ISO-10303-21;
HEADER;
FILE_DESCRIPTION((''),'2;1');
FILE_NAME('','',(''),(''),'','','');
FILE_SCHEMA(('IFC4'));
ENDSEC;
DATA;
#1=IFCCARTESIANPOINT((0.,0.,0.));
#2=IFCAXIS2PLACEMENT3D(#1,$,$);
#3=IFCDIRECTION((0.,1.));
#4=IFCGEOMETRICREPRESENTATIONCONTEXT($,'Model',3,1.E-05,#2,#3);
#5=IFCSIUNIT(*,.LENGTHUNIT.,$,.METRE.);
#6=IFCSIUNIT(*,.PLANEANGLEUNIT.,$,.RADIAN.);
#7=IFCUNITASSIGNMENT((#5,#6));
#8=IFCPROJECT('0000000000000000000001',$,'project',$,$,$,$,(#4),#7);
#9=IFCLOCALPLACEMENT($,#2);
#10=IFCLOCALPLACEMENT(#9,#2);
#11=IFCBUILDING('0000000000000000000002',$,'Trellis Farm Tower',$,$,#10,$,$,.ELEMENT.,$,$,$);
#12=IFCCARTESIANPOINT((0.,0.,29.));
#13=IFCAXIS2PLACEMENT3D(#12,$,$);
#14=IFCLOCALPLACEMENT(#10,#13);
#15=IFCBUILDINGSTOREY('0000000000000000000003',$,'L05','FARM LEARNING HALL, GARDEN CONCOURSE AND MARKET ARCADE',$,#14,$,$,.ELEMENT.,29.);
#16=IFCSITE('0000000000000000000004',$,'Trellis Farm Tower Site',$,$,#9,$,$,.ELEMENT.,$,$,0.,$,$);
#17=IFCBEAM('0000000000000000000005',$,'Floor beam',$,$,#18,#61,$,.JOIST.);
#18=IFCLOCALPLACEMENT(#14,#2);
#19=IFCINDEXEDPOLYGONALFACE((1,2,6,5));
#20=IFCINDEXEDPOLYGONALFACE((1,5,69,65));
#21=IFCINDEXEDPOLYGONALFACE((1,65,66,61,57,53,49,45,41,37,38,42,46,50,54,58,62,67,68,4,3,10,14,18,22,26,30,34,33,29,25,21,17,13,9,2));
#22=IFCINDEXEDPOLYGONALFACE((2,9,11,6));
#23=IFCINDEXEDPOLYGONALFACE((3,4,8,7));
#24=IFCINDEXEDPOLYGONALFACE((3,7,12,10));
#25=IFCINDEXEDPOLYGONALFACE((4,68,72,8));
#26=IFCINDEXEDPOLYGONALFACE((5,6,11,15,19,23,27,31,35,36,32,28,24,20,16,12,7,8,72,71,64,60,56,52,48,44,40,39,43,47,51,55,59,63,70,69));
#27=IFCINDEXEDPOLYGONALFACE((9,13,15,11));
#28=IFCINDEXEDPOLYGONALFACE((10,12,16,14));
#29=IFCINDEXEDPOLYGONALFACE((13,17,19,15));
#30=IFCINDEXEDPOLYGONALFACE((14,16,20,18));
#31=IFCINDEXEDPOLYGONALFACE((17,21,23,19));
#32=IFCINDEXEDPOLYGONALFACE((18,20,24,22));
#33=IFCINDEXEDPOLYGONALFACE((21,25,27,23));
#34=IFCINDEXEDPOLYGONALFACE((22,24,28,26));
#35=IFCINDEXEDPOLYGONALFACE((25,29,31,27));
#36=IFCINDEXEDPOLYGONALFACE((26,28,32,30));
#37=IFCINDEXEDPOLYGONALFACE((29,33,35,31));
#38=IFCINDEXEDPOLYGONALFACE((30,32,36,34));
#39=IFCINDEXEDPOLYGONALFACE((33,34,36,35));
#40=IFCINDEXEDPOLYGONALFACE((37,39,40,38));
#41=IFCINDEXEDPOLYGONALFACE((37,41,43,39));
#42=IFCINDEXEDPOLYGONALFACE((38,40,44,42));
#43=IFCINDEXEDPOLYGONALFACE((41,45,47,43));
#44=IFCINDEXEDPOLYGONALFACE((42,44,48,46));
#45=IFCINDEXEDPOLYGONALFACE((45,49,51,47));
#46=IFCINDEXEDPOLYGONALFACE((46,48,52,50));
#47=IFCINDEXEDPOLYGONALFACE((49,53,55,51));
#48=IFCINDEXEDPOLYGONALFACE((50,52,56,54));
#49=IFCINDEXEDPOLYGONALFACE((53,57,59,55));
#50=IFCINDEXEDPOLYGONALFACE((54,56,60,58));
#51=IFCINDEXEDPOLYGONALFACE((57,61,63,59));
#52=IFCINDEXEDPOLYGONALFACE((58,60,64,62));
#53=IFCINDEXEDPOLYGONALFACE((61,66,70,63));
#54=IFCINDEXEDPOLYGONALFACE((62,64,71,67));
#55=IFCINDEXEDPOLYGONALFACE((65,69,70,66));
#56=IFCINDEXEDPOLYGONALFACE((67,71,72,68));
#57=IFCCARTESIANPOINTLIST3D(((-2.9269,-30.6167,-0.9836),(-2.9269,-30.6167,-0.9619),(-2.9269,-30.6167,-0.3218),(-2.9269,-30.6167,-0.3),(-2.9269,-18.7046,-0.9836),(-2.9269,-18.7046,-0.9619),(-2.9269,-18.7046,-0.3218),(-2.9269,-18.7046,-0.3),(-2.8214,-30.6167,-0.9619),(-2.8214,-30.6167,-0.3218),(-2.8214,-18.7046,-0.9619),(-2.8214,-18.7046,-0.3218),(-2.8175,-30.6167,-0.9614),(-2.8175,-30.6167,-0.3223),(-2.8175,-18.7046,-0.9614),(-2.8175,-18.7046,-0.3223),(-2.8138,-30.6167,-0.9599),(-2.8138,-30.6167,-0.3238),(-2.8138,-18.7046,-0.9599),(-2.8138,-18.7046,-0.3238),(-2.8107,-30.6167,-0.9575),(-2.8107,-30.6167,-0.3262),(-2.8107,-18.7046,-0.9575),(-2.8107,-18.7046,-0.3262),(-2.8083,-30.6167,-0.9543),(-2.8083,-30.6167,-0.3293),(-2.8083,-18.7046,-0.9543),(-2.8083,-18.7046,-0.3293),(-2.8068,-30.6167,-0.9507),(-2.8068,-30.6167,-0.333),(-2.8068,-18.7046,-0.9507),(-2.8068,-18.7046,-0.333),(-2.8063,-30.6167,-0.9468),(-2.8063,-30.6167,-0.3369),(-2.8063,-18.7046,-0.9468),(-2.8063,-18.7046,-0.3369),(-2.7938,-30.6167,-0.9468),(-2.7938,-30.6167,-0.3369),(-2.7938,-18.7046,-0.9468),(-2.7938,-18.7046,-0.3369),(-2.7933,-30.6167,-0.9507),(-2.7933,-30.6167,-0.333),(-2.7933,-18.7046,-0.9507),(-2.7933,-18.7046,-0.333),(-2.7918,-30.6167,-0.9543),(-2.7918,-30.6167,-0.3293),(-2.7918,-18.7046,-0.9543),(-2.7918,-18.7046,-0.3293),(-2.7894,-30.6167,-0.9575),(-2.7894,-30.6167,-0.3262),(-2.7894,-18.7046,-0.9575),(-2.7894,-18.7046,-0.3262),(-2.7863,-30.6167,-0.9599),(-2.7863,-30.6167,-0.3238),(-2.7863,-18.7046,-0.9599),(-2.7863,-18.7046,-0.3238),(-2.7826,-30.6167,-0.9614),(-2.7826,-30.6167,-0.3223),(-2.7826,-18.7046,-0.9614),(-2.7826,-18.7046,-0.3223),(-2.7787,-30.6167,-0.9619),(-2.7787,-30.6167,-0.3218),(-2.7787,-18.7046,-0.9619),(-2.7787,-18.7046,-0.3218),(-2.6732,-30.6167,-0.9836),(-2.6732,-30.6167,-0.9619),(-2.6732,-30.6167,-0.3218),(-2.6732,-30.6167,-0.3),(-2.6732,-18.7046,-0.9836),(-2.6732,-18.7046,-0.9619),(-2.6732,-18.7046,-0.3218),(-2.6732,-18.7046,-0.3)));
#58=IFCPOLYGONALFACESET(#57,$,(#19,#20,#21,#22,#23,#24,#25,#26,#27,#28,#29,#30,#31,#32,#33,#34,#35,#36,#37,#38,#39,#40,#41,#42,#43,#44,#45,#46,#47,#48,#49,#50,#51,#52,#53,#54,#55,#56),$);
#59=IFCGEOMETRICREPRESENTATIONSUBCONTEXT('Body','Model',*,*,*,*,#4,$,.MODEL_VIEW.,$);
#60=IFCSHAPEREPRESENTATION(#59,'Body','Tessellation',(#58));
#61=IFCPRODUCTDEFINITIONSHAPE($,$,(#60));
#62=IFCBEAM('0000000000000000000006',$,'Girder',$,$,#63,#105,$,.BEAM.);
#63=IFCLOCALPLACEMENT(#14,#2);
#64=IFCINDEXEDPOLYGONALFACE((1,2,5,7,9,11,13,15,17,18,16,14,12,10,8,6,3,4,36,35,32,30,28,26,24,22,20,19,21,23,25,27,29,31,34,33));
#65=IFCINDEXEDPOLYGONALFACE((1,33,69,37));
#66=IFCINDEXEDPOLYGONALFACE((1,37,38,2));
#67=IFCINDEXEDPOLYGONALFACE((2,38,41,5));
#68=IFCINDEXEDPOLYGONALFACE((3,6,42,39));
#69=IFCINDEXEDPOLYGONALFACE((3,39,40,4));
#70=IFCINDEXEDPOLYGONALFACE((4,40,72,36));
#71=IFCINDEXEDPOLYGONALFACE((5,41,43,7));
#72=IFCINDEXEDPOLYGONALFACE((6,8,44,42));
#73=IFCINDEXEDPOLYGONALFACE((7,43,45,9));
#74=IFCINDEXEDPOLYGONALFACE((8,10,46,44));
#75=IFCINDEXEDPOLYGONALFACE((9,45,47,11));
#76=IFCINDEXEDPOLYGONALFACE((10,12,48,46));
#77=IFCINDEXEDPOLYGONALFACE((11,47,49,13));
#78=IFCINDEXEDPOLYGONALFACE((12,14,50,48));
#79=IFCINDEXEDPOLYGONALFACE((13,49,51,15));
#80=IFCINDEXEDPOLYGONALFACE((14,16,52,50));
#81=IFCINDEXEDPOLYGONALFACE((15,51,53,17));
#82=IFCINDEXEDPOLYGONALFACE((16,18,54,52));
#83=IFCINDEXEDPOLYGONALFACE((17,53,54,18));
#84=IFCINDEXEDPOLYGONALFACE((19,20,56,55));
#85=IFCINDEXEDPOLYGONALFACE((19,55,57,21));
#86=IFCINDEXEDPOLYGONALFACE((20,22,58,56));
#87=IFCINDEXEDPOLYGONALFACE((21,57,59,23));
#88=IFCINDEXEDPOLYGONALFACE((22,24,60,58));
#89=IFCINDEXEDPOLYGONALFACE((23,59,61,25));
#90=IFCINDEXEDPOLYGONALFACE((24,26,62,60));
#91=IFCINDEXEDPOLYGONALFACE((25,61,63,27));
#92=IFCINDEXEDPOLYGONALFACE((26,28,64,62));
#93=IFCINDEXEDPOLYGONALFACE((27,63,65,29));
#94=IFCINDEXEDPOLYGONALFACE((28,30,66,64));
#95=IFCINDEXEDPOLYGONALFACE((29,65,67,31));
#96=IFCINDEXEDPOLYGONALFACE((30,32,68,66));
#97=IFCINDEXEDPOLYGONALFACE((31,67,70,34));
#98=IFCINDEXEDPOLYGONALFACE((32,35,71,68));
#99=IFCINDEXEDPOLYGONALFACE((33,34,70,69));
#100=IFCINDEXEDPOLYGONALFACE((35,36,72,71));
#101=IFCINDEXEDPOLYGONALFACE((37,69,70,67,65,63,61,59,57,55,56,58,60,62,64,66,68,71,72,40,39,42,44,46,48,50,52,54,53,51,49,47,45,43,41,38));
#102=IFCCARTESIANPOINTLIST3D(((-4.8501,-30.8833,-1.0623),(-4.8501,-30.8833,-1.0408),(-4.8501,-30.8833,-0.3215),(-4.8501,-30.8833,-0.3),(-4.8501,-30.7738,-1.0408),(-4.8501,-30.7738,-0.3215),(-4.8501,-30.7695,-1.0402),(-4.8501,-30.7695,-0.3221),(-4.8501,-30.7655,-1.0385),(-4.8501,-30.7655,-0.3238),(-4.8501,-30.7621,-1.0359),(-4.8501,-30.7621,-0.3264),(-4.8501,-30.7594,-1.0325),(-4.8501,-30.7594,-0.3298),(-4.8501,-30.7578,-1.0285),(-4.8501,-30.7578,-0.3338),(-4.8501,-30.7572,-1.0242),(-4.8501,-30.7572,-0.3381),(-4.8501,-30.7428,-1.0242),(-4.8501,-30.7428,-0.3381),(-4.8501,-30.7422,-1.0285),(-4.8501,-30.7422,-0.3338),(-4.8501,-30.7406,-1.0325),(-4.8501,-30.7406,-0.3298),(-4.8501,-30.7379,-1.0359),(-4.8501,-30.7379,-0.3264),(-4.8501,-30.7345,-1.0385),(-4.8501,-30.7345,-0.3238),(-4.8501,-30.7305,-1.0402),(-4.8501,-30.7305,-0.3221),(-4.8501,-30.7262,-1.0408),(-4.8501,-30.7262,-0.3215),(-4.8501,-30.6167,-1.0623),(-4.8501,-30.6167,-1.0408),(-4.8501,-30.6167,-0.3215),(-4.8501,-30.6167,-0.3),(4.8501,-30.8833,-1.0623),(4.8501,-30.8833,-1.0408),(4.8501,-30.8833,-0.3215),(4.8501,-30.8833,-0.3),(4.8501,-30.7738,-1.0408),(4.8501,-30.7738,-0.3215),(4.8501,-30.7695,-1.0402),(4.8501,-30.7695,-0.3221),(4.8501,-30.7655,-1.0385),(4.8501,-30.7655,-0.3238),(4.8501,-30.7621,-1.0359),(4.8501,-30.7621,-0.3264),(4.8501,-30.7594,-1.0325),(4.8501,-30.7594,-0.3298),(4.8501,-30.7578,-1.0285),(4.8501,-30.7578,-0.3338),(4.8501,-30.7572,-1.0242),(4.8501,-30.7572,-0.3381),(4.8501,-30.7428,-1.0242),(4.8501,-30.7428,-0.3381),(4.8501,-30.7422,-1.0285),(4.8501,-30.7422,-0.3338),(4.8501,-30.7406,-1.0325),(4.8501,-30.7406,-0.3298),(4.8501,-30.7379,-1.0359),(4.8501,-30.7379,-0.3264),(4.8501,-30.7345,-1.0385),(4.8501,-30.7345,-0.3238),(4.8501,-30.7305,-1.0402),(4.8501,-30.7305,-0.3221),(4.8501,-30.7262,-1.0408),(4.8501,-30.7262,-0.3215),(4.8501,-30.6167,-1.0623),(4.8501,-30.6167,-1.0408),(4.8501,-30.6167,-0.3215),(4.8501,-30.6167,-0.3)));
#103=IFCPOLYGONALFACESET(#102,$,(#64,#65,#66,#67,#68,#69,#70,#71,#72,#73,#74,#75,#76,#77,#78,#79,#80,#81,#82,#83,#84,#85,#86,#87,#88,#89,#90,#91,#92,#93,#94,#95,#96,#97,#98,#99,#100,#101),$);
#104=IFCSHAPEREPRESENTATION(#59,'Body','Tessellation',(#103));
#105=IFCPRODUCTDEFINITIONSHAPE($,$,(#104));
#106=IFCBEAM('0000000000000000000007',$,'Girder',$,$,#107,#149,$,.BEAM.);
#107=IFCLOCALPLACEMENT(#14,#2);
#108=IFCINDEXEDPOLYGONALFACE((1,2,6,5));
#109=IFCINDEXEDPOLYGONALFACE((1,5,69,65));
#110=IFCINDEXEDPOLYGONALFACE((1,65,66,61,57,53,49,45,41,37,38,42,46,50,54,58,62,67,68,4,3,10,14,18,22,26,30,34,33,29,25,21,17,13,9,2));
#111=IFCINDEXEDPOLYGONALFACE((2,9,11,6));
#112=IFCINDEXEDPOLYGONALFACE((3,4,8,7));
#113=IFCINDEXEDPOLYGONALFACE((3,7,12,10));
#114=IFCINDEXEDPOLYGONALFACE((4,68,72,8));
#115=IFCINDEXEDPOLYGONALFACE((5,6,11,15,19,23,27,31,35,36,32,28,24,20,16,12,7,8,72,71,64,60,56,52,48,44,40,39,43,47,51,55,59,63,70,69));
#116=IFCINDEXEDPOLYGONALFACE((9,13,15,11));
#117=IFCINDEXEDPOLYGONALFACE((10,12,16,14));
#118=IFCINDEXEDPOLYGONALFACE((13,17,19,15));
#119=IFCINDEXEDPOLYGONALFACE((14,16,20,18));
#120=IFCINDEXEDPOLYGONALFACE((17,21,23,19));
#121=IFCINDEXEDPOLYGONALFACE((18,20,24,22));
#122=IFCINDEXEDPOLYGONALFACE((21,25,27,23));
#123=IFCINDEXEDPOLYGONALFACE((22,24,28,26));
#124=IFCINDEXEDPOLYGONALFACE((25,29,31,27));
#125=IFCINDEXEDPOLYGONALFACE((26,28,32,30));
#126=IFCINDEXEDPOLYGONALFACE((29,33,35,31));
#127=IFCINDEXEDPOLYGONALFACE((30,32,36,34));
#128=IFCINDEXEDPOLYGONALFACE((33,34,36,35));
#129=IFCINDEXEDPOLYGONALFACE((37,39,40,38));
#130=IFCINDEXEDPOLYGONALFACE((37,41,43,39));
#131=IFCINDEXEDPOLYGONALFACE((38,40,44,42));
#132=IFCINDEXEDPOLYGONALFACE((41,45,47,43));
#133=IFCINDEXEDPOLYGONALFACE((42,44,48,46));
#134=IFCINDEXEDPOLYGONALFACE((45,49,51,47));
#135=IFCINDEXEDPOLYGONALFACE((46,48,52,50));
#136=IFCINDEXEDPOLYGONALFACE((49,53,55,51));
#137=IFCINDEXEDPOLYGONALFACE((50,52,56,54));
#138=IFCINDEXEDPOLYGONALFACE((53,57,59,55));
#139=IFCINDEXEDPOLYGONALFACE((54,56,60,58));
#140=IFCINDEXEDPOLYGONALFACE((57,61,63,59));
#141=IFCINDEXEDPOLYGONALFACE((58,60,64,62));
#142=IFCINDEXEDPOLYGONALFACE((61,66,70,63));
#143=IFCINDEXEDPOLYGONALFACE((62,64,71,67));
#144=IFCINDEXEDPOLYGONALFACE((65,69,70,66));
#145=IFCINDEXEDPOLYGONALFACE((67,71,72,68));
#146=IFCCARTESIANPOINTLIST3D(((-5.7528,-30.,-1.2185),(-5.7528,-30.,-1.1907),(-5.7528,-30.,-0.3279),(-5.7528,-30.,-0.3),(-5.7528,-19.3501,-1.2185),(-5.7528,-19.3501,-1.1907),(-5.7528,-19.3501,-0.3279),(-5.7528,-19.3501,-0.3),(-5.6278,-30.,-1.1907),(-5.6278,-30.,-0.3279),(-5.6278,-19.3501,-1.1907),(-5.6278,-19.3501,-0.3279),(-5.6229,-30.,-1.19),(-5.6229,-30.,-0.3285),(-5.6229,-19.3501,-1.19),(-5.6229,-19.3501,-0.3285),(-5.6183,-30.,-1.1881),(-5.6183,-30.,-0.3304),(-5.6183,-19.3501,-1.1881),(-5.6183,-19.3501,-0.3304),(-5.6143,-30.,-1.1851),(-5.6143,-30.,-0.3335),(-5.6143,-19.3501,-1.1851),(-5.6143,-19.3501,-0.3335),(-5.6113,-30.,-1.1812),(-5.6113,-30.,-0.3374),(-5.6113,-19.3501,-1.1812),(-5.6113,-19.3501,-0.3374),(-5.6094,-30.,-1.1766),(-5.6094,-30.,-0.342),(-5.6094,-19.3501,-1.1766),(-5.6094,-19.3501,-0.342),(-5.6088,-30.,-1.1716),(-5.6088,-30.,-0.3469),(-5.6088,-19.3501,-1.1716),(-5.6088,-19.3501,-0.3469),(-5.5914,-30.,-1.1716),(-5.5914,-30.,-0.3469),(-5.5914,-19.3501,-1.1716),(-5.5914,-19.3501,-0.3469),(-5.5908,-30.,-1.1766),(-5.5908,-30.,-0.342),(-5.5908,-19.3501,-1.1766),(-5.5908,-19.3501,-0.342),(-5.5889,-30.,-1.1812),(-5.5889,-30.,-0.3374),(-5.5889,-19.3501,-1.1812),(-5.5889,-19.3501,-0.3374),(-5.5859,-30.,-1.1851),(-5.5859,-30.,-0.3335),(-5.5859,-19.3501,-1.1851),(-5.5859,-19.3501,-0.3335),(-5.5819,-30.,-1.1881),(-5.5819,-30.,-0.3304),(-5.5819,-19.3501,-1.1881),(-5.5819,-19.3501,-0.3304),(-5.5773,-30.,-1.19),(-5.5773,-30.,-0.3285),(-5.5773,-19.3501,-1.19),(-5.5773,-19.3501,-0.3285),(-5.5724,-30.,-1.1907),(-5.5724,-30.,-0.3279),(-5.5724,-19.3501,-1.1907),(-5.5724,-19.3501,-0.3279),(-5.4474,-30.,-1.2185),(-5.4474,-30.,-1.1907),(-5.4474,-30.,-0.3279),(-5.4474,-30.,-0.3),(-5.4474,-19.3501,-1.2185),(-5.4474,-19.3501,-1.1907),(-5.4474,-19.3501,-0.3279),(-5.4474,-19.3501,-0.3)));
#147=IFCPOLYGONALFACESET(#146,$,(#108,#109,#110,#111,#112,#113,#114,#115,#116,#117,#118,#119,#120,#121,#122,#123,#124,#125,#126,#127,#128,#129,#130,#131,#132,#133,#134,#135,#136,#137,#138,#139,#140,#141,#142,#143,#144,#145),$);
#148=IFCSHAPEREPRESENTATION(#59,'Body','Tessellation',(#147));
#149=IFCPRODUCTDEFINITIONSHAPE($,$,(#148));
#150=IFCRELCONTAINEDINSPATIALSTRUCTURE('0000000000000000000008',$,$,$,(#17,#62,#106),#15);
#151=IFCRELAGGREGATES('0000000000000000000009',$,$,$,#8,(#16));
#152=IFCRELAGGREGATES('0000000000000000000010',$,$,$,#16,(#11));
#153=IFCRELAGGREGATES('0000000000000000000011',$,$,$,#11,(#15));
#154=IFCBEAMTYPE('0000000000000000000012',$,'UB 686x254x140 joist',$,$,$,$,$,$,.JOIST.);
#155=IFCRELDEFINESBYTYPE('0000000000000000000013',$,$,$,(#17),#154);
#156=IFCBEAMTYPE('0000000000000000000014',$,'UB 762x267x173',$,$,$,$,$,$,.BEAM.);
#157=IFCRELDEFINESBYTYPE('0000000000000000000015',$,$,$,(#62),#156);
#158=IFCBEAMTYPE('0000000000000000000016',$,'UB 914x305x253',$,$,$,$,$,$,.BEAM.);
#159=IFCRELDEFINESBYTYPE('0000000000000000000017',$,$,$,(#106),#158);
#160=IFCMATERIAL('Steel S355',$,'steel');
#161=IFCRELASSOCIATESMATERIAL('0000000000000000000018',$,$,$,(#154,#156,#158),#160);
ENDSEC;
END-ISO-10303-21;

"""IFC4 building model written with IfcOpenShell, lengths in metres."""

from ifc_helpers import new_model, si_unit, direction, frame, origin, origin_2d, place, context, subcontext, project, spatial, i_section, extrude, source, transform, mapped, material, material_profile, profile_set, type_object, element, save


model = new_model("IFC4")

# Units and contexts
model_context = context("Model", 3, precision=1e-05, world=origin(), true_north=direction((0.0, 1.0)))
body_context = subcontext(model_context, "Body", "Model", "MODEL_VIEW")
ifc_project = project(units=[si_unit("LENGTHUNIT", "METRE"), si_unit("PLANEANGLEUNIT", "RADIAN")], contexts=[model_context])

# Site, building, storey
site_placement = place(None, origin())
site = spatial("IfcSite", under=ifc_project, at=site_placement, Name="Trellis Farm Tower Site", CompositionType="ELEMENT", RefElevation=0.0)
building_placement = place(site_placement, origin())
building = spatial("IfcBuilding", under=site, at=building_placement, Name="Trellis Farm Tower", CompositionType="ELEMENT")
storey_placement = place(building_placement, frame((0.0, 0.0, 29.0)))
storey = spatial("IfcBuildingStorey", under=building, at=storey_placement, Name="L05", Description="FARM LEARNING HALL, GARDEN CONCOURSE AND MARKET ARCADE", CompositionType="ELEMENT", Elevation=29.0)

# Beams
ifc_material_1 = material(Name="Steel S355", Category="steel")
ifc_material_profile_1 = material_profile(ifc_material_1, i_section(OverallWidth=0.2537, OverallDepth=0.6836, WebThickness=0.0125, FlangeThickness=0.0217, FilletRadius=0.0151, at=origin_2d()), Name="UB 686x254x140")
ifc_profile_set_1 = profile_set([ifc_material_profile_1], Name="Steel S355")
beam_type_1 = type_object("IfcBeamType", Name="UB 686x254x140 joist", PredefinedType="JOIST", material=ifc_profile_set_1)
shared_shape_1 = source(origin(), body_context, "Body", "SweptSolid", [
    extrude(i_section(OverallWidth=0.2537, OverallDepth=0.6836, WebThickness=0.0125, FlangeThickness=0.0217, FilletRadius=0.0151, at=origin_2d()), origin(), (0.0, 0.0, 1.0), 11.9121),
])
beam_1_placement = place(storey_placement, frame((-2.8, -30.6167, -0.6418), z_axis=(0.0, 1.0, 0.0), x_axis=(-1.0, 0.0, 0.0)))
element("IfcBeam", 1, at=beam_1_placement, inside=storey, type_object=beam_type_1, Name="Floor beam", PredefinedType="JOIST", context=body_context, shape_type="MappedRepresentation", body=[
    mapped(shared_shape_1, transform((0.0, 0.0, 0.0))),
])
ifc_material_profile_2 = material_profile(ifc_material_1, i_section(OverallWidth=0.2666, OverallDepth=0.7622, WebThickness=0.0144, FlangeThickness=0.0215, FilletRadius=0.0166, at=origin_2d()), Name="UB 762x267x173")
ifc_profile_set_2 = profile_set([ifc_material_profile_2], Name="Steel S355")
beam_type_2 = type_object("IfcBeamType", Name="UB 762x267x173", PredefinedType="BEAM", material=ifc_profile_set_2)
shared_shape_2 = source(origin(), body_context, "Body", "SweptSolid", [
    extrude(i_section(OverallWidth=0.2666, OverallDepth=0.7622, WebThickness=0.0144, FlangeThickness=0.0215, FilletRadius=0.0166, at=origin_2d()), origin(), (0.0, 0.0, 1.0), 9.7002),
])
beam_2_placement = place(storey_placement, frame((-4.8501, -30.75, -0.6812), z_axis=(1.0, 0.0, 0.0), x_axis=(0.0, 1.0, 0.0)))
element("IfcBeam", 2, at=beam_2_placement, inside=storey, type_object=beam_type_2, Name="Girder", PredefinedType="BEAM", context=body_context, shape_type="MappedRepresentation", body=[
    mapped(shared_shape_2, transform((0.0, 0.0, 0.0))),
])
ifc_material_profile_3 = material_profile(ifc_material_1, i_section(OverallWidth=0.3054, OverallDepth=0.9185, WebThickness=0.0173, FlangeThickness=0.0278, FilletRadius=0.019, at=origin_2d()), Name="UB 914x305x253")
ifc_profile_set_3 = profile_set([ifc_material_profile_3], Name="Steel S355")
beam_type_3 = type_object("IfcBeamType", Name="UB 914x305x253", PredefinedType="BEAM", material=ifc_profile_set_3)
shared_shape_3 = source(origin(), body_context, "Body", "SweptSolid", [
    extrude(i_section(OverallWidth=0.3054, OverallDepth=0.9185, WebThickness=0.0173, FlangeThickness=0.0278, FilletRadius=0.019, at=origin_2d()), origin(), (0.0, 0.0, 1.0), 10.6499),
])
beam_3_placement = place(storey_placement, frame((-5.6001, -30.0, -0.7593), z_axis=(0.0, 1.0, 0.0), x_axis=(-1.0, 0.0, 0.0)))
element("IfcBeam", 3, at=beam_3_placement, inside=storey, type_object=beam_type_3, Name="Girder", PredefinedType="BEAM", context=body_context, shape_type="MappedRepresentation", body=[
    mapped(shared_shape_3, transform((0.0, 0.0, 0.0))),
])

save(model, "model.ifc")
